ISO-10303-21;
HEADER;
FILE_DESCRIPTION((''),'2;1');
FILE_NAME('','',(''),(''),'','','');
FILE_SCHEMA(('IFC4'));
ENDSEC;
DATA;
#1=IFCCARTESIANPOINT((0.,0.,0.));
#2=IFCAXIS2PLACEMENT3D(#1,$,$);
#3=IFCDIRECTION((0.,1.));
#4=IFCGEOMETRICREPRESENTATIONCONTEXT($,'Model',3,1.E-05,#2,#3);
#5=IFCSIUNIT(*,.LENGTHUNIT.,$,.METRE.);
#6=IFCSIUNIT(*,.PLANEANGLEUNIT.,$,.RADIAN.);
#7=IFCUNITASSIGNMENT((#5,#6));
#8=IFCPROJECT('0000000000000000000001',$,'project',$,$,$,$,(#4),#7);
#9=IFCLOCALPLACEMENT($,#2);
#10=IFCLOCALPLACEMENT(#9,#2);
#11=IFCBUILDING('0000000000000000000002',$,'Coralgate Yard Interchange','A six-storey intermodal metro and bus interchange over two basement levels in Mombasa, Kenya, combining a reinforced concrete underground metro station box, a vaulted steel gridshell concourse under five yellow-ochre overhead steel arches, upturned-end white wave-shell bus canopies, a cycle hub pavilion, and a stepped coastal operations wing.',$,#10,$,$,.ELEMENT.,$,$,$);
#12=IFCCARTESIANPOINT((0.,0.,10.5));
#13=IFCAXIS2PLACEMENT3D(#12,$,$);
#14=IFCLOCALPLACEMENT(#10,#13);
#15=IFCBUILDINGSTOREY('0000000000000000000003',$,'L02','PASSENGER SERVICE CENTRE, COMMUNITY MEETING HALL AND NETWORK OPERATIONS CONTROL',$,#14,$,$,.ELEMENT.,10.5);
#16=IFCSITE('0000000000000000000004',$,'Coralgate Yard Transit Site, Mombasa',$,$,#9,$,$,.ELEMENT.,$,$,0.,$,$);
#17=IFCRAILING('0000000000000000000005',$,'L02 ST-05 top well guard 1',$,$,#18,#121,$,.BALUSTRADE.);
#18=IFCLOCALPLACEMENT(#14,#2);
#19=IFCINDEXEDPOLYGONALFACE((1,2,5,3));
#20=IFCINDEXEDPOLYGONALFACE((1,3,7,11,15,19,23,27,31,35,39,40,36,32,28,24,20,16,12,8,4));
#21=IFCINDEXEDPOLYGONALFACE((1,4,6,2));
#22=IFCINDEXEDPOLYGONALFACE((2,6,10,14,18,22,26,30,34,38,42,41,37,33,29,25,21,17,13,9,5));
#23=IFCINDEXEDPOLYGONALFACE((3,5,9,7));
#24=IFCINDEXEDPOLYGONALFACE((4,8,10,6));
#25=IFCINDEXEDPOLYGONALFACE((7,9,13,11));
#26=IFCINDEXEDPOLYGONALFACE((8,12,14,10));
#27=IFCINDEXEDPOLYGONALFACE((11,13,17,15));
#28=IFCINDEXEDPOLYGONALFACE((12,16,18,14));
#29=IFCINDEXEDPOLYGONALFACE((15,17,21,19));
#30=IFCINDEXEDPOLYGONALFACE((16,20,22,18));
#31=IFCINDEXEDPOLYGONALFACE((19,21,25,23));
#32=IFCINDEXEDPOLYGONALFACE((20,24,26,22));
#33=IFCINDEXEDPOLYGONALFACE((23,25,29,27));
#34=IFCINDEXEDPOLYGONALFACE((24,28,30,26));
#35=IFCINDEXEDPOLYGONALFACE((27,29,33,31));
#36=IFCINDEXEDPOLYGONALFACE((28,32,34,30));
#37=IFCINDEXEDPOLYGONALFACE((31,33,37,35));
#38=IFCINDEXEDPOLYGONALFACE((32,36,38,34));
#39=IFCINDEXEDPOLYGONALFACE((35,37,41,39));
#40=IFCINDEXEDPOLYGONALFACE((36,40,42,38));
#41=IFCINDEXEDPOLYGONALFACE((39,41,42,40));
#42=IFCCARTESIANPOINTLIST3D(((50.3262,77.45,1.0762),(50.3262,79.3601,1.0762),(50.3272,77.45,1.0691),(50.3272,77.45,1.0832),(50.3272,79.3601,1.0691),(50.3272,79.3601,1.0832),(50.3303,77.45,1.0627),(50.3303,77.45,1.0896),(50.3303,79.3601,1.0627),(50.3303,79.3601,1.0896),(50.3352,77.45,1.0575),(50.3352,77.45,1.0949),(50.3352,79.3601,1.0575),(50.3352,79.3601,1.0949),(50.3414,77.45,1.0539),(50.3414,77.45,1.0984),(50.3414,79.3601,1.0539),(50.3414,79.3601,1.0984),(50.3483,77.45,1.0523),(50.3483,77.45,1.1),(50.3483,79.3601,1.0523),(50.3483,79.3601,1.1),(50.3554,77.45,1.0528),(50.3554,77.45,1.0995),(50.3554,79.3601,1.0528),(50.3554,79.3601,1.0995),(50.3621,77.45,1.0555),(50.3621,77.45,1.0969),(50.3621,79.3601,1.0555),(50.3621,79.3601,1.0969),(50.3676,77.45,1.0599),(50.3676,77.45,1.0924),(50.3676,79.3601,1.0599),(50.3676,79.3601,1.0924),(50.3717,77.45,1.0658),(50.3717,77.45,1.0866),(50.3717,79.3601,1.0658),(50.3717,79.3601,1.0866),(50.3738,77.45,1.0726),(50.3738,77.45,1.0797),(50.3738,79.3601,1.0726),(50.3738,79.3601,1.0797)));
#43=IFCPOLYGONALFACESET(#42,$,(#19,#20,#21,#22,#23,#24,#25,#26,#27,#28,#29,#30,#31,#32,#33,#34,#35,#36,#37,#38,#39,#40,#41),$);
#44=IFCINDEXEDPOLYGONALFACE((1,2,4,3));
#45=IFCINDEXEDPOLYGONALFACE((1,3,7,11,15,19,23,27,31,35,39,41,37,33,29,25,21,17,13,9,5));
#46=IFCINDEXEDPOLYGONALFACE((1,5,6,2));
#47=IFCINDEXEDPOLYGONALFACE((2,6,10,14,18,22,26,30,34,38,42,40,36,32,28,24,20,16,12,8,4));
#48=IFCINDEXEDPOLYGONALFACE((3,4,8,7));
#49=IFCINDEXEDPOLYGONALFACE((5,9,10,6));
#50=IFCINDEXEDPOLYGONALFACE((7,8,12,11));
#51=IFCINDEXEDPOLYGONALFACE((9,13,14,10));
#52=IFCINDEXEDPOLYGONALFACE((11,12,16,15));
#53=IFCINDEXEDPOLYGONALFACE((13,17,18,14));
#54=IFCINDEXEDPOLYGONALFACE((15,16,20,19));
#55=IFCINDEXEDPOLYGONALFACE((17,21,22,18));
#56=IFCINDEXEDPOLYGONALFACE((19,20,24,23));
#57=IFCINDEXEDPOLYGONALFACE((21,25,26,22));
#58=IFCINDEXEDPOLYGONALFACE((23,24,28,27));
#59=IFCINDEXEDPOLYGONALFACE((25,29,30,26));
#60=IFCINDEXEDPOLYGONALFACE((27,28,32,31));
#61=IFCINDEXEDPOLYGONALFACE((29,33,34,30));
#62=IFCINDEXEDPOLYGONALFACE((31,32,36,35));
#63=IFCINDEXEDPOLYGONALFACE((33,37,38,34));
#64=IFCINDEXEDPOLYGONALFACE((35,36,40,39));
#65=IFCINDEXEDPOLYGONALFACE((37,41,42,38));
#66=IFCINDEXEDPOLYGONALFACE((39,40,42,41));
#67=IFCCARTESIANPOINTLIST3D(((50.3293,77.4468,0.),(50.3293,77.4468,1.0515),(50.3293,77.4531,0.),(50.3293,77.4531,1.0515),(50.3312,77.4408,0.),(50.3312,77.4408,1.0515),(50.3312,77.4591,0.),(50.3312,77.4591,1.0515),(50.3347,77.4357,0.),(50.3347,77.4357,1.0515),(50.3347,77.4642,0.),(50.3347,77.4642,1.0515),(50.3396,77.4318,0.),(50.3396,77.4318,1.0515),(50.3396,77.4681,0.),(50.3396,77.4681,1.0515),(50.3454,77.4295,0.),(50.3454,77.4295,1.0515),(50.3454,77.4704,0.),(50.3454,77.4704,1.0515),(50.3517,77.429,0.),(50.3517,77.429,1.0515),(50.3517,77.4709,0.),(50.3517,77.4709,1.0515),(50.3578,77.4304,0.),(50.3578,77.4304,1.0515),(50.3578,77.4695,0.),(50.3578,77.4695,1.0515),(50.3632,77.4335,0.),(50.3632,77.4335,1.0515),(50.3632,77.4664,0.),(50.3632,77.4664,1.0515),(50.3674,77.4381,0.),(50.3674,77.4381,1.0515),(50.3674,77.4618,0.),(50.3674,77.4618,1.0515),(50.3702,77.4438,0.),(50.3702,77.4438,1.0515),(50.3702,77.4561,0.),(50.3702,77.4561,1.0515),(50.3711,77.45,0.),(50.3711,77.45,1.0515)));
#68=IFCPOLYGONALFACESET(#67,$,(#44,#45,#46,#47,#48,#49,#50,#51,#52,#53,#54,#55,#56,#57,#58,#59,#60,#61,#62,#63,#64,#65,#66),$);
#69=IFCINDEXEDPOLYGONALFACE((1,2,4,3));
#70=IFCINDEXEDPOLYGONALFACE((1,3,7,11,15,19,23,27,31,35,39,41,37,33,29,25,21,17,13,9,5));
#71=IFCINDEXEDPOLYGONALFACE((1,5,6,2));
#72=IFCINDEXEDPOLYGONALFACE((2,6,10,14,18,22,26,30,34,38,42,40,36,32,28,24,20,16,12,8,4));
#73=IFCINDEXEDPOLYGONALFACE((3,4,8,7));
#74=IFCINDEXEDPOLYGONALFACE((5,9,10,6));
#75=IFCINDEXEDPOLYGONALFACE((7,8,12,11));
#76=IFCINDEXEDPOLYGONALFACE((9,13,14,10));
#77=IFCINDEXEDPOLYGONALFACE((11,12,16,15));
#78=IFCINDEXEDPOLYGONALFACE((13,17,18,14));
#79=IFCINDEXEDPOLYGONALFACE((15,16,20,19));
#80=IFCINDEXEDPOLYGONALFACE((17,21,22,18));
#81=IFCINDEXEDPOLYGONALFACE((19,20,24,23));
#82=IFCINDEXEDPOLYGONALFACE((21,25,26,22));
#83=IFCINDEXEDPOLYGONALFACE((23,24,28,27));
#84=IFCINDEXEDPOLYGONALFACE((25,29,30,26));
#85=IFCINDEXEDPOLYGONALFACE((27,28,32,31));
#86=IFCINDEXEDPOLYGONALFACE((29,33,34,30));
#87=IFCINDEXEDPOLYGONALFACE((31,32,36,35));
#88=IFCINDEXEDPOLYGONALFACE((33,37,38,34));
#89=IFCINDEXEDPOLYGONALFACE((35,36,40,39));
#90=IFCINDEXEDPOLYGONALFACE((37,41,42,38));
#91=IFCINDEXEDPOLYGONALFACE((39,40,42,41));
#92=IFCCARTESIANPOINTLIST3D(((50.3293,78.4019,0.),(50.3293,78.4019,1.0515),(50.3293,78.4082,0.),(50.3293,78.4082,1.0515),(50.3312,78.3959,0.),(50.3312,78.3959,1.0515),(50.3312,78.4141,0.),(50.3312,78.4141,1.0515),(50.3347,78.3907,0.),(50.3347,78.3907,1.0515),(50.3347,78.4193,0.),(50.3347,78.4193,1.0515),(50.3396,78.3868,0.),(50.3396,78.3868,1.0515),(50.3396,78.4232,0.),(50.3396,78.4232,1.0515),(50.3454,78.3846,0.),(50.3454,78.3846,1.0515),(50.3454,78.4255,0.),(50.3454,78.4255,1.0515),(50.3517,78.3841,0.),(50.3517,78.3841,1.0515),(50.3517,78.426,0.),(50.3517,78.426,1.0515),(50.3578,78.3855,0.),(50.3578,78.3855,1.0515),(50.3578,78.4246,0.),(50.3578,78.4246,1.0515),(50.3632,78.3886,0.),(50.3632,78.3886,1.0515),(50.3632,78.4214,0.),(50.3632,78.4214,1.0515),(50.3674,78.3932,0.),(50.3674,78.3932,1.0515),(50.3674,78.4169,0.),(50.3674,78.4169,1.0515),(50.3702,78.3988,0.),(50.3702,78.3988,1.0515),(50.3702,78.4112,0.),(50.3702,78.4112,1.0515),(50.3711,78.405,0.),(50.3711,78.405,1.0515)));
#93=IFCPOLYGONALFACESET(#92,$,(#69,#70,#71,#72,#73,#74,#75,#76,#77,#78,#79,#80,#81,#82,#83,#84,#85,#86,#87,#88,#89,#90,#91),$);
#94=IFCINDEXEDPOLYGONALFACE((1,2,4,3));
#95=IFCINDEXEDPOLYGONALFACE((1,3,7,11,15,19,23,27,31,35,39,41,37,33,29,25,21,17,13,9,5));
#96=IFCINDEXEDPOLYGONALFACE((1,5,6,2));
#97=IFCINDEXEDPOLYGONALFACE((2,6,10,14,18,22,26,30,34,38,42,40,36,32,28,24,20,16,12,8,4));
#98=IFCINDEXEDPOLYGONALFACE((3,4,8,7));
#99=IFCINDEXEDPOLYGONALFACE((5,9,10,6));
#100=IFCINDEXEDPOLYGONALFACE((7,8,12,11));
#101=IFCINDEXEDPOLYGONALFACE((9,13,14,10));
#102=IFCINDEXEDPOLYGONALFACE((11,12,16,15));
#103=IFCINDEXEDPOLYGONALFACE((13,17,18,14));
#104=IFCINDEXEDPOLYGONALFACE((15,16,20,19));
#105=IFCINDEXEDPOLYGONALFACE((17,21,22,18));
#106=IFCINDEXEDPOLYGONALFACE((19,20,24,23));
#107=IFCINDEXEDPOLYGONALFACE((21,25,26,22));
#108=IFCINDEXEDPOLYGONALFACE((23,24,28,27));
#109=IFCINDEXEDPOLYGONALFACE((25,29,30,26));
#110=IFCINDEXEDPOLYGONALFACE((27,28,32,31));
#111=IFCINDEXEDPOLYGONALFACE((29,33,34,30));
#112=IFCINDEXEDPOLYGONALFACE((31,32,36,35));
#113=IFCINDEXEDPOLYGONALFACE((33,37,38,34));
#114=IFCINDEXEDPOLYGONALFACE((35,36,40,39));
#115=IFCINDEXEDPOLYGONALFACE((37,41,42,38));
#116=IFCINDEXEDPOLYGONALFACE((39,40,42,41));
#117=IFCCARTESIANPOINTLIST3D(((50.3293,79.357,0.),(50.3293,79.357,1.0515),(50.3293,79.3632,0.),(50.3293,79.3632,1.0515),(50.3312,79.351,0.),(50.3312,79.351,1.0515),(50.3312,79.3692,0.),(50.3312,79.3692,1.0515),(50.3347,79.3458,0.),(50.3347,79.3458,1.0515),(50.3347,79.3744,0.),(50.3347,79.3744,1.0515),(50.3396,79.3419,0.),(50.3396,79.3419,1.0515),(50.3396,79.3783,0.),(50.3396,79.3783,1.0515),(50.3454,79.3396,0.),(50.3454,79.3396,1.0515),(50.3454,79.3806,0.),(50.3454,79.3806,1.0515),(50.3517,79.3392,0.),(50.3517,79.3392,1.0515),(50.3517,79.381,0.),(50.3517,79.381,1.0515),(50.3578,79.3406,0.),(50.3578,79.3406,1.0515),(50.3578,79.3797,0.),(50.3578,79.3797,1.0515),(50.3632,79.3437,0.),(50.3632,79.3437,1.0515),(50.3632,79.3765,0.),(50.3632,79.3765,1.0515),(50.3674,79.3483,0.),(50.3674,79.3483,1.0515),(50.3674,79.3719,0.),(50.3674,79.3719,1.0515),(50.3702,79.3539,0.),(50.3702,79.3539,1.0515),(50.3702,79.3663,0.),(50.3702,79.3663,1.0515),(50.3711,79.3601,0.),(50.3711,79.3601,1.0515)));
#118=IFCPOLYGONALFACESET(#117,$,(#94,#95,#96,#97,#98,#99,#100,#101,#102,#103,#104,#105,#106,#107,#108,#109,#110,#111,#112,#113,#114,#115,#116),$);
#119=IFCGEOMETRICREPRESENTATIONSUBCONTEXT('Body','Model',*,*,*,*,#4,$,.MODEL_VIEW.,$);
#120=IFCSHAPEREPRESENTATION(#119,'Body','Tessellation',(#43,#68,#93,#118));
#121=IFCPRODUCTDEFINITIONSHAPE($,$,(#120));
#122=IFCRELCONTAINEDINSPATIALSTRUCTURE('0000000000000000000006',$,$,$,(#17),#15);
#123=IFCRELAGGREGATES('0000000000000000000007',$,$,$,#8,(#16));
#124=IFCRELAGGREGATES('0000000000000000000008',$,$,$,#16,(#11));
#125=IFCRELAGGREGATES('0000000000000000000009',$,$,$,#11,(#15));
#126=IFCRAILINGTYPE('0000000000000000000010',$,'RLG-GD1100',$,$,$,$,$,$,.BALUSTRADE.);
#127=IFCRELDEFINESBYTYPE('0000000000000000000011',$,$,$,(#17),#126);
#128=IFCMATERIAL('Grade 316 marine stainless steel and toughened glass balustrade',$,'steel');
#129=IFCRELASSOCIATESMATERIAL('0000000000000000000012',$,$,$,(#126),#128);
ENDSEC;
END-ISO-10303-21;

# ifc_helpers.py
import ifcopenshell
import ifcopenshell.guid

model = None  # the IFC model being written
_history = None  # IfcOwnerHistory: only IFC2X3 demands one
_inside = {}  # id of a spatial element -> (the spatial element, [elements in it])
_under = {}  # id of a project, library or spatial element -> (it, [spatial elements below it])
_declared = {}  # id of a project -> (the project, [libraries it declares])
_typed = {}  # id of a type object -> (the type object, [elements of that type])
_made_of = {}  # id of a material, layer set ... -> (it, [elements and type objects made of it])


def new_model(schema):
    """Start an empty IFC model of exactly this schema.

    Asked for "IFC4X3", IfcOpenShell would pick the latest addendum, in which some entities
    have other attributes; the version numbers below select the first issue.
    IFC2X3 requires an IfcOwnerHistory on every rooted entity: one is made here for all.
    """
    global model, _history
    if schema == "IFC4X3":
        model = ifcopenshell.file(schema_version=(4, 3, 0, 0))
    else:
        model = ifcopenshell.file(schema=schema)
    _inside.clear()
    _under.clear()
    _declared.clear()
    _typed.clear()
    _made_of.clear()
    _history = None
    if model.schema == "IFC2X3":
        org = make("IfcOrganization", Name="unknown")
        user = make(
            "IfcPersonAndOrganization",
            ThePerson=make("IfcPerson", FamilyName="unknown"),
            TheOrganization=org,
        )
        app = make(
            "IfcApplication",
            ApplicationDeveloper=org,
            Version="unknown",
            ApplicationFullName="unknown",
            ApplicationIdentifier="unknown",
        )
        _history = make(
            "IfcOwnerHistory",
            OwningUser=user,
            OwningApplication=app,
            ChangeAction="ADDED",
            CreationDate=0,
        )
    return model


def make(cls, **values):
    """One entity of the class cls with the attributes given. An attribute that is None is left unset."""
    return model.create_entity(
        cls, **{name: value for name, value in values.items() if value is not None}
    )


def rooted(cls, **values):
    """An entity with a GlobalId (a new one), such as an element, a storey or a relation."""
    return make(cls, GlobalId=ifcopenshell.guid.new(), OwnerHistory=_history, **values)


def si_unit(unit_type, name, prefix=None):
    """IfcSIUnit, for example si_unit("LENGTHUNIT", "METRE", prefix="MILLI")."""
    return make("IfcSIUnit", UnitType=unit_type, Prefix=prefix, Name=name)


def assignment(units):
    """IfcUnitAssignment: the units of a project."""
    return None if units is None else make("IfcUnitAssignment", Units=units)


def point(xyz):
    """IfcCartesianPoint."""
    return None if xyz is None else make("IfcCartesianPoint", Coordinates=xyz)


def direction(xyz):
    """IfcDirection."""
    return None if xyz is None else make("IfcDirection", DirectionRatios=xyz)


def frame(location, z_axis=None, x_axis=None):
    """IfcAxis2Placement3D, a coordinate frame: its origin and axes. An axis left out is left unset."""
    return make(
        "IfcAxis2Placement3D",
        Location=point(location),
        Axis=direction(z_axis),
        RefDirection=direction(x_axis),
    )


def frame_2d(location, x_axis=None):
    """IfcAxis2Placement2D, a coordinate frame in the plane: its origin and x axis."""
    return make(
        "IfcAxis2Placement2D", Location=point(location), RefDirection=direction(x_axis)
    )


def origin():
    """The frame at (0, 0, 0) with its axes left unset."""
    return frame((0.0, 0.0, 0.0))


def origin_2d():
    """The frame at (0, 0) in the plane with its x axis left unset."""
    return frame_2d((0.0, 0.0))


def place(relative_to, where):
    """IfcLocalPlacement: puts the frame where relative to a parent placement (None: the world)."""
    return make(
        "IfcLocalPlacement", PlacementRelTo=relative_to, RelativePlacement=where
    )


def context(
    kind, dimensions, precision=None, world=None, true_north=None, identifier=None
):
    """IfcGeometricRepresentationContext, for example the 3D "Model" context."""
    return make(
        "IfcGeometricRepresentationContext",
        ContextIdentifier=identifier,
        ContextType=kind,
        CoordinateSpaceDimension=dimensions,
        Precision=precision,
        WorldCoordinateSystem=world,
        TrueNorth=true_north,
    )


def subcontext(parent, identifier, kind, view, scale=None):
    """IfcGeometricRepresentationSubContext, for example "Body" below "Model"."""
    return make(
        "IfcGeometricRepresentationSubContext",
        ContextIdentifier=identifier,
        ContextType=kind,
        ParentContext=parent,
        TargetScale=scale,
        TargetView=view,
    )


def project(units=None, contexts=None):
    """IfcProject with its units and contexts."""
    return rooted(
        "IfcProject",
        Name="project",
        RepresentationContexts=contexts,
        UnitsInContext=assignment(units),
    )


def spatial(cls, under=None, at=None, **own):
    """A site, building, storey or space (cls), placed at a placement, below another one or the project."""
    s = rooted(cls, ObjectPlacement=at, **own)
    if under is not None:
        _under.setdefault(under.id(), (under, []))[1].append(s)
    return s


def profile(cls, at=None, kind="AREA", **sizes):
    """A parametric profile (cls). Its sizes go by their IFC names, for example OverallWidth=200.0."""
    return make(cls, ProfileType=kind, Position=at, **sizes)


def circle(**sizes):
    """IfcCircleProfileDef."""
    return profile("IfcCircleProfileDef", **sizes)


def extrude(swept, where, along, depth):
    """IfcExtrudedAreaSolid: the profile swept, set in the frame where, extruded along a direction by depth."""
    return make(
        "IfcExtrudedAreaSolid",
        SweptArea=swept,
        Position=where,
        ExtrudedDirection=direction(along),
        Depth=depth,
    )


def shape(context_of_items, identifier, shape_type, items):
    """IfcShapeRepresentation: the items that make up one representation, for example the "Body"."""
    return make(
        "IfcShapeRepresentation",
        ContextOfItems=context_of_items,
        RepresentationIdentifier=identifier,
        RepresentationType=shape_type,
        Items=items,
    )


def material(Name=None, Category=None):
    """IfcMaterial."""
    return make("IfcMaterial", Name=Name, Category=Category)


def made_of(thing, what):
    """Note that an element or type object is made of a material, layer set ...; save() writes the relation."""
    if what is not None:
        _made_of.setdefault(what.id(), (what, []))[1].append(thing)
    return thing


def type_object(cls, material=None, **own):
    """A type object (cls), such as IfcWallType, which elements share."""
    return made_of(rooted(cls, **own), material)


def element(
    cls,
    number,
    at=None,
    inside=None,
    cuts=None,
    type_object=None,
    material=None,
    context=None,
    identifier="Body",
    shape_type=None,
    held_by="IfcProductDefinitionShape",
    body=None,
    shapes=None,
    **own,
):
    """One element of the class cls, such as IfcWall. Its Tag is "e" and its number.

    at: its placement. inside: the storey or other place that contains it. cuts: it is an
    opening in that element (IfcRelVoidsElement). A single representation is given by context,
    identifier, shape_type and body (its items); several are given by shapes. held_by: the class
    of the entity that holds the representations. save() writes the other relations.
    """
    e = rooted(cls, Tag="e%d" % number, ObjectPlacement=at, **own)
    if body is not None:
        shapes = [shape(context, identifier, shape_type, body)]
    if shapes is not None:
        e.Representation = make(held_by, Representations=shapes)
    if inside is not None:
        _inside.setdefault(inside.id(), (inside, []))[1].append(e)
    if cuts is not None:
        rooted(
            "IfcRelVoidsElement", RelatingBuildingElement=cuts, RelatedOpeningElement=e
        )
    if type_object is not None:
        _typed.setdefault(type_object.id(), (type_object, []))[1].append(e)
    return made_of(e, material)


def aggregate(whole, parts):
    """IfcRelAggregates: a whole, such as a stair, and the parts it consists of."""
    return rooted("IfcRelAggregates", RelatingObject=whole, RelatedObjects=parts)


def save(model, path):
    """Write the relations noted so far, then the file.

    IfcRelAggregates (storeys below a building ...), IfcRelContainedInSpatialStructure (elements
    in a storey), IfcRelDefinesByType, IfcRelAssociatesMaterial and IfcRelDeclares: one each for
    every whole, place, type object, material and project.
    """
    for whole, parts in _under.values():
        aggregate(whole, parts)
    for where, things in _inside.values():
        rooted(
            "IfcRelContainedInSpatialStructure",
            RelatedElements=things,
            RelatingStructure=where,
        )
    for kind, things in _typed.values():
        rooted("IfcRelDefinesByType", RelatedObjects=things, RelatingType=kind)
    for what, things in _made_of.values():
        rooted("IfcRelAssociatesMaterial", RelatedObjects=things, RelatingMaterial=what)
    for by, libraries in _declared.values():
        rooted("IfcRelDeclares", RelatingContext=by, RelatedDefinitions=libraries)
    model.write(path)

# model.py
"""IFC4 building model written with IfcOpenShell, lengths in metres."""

from ifc_helpers import new_model, si_unit, direction, frame, origin, origin_2d, place, context, subcontext, project, spatial, circle, extrude, material, type_object, element, save


model = new_model("IFC4")

# Units and contexts
model_context = context("Model", 3, precision=1e-05, world=origin(), true_north=direction((0.0, 1.0)))
body_context = subcontext(model_context, "Body", "Model", "MODEL_VIEW")
ifc_project = project(units=[si_unit("LENGTHUNIT", "METRE"), si_unit("PLANEANGLEUNIT", "RADIAN")], contexts=[model_context])

# Site, building, storey
site_placement = place(None, origin())
site = spatial("IfcSite", under=ifc_project, at=site_placement, Name="Coralgate Yard Transit Site, Mombasa", CompositionType="ELEMENT", RefElevation=0.0)
building_placement = place(site_placement, origin())
building = spatial("IfcBuilding", under=site, at=building_placement, Name="Coralgate Yard Interchange", Description="A six-storey intermodal metro and bus interchange over two basement levels in Mombasa, Kenya, combining a reinforced concrete underground metro station box, a vaulted steel gridshell concourse under five yellow-ochre overhead steel arches, upturned-end white wave-shell bus canopies, a cycle hub pavilion, and a stepped coastal operations wing.", CompositionType="ELEMENT")
storey_placement = place(building_placement, frame((0.0, 0.0, 10.5)))
storey = spatial("IfcBuildingStorey", under=building, at=storey_placement, Name="L02", Description="PASSENGER SERVICE CENTRE, COMMUNITY MEETING HALL AND NETWORK OPERATIONS CONTROL", CompositionType="ELEMENT", Elevation=10.5)

# Railing
ifc_material_1 = material(Name="Grade 316 marine stainless steel and toughened glass balustrade", Category="steel")
railing_type = type_object("IfcRailingType", Name="RLG-GD1100", PredefinedType="BALUSTRADE", material=ifc_material_1)
railing_placement = place(storey_placement, frame((50.3501, 77.45, 0.0)))
element("IfcRailing", 1, at=railing_placement, inside=storey, type_object=railing_type, Name="L02 ST-05 top well guard 1", PredefinedType="BALUSTRADE", context=body_context, shape_type="SweptSolid", body=[
    extrude(circle(Radius=0.0239, at=origin_2d()), frame((0.0, 0.0, 1.0762), z_axis=(0.0, 1.0, 0.0), x_axis=(-1.0, 0.0, 0.0)), (0.0, 0.0, 1.0), 1.9102),
    extrude(circle(Radius=0.021, at=origin_2d()), origin(), (0.0, 0.0, 1.0), 1.0515),
    extrude(circle(Radius=0.021, at=origin_2d()), frame((0.0, 0.9551, 0.0)), (0.0, 0.0, 1.0), 1.0515),
    extrude(circle(Radius=0.021, at=origin_2d()), frame((0.0, 1.9102, 0.0)), (0.0, 0.0, 1.0), 1.0515),
])

save(model, "model.ifc")
